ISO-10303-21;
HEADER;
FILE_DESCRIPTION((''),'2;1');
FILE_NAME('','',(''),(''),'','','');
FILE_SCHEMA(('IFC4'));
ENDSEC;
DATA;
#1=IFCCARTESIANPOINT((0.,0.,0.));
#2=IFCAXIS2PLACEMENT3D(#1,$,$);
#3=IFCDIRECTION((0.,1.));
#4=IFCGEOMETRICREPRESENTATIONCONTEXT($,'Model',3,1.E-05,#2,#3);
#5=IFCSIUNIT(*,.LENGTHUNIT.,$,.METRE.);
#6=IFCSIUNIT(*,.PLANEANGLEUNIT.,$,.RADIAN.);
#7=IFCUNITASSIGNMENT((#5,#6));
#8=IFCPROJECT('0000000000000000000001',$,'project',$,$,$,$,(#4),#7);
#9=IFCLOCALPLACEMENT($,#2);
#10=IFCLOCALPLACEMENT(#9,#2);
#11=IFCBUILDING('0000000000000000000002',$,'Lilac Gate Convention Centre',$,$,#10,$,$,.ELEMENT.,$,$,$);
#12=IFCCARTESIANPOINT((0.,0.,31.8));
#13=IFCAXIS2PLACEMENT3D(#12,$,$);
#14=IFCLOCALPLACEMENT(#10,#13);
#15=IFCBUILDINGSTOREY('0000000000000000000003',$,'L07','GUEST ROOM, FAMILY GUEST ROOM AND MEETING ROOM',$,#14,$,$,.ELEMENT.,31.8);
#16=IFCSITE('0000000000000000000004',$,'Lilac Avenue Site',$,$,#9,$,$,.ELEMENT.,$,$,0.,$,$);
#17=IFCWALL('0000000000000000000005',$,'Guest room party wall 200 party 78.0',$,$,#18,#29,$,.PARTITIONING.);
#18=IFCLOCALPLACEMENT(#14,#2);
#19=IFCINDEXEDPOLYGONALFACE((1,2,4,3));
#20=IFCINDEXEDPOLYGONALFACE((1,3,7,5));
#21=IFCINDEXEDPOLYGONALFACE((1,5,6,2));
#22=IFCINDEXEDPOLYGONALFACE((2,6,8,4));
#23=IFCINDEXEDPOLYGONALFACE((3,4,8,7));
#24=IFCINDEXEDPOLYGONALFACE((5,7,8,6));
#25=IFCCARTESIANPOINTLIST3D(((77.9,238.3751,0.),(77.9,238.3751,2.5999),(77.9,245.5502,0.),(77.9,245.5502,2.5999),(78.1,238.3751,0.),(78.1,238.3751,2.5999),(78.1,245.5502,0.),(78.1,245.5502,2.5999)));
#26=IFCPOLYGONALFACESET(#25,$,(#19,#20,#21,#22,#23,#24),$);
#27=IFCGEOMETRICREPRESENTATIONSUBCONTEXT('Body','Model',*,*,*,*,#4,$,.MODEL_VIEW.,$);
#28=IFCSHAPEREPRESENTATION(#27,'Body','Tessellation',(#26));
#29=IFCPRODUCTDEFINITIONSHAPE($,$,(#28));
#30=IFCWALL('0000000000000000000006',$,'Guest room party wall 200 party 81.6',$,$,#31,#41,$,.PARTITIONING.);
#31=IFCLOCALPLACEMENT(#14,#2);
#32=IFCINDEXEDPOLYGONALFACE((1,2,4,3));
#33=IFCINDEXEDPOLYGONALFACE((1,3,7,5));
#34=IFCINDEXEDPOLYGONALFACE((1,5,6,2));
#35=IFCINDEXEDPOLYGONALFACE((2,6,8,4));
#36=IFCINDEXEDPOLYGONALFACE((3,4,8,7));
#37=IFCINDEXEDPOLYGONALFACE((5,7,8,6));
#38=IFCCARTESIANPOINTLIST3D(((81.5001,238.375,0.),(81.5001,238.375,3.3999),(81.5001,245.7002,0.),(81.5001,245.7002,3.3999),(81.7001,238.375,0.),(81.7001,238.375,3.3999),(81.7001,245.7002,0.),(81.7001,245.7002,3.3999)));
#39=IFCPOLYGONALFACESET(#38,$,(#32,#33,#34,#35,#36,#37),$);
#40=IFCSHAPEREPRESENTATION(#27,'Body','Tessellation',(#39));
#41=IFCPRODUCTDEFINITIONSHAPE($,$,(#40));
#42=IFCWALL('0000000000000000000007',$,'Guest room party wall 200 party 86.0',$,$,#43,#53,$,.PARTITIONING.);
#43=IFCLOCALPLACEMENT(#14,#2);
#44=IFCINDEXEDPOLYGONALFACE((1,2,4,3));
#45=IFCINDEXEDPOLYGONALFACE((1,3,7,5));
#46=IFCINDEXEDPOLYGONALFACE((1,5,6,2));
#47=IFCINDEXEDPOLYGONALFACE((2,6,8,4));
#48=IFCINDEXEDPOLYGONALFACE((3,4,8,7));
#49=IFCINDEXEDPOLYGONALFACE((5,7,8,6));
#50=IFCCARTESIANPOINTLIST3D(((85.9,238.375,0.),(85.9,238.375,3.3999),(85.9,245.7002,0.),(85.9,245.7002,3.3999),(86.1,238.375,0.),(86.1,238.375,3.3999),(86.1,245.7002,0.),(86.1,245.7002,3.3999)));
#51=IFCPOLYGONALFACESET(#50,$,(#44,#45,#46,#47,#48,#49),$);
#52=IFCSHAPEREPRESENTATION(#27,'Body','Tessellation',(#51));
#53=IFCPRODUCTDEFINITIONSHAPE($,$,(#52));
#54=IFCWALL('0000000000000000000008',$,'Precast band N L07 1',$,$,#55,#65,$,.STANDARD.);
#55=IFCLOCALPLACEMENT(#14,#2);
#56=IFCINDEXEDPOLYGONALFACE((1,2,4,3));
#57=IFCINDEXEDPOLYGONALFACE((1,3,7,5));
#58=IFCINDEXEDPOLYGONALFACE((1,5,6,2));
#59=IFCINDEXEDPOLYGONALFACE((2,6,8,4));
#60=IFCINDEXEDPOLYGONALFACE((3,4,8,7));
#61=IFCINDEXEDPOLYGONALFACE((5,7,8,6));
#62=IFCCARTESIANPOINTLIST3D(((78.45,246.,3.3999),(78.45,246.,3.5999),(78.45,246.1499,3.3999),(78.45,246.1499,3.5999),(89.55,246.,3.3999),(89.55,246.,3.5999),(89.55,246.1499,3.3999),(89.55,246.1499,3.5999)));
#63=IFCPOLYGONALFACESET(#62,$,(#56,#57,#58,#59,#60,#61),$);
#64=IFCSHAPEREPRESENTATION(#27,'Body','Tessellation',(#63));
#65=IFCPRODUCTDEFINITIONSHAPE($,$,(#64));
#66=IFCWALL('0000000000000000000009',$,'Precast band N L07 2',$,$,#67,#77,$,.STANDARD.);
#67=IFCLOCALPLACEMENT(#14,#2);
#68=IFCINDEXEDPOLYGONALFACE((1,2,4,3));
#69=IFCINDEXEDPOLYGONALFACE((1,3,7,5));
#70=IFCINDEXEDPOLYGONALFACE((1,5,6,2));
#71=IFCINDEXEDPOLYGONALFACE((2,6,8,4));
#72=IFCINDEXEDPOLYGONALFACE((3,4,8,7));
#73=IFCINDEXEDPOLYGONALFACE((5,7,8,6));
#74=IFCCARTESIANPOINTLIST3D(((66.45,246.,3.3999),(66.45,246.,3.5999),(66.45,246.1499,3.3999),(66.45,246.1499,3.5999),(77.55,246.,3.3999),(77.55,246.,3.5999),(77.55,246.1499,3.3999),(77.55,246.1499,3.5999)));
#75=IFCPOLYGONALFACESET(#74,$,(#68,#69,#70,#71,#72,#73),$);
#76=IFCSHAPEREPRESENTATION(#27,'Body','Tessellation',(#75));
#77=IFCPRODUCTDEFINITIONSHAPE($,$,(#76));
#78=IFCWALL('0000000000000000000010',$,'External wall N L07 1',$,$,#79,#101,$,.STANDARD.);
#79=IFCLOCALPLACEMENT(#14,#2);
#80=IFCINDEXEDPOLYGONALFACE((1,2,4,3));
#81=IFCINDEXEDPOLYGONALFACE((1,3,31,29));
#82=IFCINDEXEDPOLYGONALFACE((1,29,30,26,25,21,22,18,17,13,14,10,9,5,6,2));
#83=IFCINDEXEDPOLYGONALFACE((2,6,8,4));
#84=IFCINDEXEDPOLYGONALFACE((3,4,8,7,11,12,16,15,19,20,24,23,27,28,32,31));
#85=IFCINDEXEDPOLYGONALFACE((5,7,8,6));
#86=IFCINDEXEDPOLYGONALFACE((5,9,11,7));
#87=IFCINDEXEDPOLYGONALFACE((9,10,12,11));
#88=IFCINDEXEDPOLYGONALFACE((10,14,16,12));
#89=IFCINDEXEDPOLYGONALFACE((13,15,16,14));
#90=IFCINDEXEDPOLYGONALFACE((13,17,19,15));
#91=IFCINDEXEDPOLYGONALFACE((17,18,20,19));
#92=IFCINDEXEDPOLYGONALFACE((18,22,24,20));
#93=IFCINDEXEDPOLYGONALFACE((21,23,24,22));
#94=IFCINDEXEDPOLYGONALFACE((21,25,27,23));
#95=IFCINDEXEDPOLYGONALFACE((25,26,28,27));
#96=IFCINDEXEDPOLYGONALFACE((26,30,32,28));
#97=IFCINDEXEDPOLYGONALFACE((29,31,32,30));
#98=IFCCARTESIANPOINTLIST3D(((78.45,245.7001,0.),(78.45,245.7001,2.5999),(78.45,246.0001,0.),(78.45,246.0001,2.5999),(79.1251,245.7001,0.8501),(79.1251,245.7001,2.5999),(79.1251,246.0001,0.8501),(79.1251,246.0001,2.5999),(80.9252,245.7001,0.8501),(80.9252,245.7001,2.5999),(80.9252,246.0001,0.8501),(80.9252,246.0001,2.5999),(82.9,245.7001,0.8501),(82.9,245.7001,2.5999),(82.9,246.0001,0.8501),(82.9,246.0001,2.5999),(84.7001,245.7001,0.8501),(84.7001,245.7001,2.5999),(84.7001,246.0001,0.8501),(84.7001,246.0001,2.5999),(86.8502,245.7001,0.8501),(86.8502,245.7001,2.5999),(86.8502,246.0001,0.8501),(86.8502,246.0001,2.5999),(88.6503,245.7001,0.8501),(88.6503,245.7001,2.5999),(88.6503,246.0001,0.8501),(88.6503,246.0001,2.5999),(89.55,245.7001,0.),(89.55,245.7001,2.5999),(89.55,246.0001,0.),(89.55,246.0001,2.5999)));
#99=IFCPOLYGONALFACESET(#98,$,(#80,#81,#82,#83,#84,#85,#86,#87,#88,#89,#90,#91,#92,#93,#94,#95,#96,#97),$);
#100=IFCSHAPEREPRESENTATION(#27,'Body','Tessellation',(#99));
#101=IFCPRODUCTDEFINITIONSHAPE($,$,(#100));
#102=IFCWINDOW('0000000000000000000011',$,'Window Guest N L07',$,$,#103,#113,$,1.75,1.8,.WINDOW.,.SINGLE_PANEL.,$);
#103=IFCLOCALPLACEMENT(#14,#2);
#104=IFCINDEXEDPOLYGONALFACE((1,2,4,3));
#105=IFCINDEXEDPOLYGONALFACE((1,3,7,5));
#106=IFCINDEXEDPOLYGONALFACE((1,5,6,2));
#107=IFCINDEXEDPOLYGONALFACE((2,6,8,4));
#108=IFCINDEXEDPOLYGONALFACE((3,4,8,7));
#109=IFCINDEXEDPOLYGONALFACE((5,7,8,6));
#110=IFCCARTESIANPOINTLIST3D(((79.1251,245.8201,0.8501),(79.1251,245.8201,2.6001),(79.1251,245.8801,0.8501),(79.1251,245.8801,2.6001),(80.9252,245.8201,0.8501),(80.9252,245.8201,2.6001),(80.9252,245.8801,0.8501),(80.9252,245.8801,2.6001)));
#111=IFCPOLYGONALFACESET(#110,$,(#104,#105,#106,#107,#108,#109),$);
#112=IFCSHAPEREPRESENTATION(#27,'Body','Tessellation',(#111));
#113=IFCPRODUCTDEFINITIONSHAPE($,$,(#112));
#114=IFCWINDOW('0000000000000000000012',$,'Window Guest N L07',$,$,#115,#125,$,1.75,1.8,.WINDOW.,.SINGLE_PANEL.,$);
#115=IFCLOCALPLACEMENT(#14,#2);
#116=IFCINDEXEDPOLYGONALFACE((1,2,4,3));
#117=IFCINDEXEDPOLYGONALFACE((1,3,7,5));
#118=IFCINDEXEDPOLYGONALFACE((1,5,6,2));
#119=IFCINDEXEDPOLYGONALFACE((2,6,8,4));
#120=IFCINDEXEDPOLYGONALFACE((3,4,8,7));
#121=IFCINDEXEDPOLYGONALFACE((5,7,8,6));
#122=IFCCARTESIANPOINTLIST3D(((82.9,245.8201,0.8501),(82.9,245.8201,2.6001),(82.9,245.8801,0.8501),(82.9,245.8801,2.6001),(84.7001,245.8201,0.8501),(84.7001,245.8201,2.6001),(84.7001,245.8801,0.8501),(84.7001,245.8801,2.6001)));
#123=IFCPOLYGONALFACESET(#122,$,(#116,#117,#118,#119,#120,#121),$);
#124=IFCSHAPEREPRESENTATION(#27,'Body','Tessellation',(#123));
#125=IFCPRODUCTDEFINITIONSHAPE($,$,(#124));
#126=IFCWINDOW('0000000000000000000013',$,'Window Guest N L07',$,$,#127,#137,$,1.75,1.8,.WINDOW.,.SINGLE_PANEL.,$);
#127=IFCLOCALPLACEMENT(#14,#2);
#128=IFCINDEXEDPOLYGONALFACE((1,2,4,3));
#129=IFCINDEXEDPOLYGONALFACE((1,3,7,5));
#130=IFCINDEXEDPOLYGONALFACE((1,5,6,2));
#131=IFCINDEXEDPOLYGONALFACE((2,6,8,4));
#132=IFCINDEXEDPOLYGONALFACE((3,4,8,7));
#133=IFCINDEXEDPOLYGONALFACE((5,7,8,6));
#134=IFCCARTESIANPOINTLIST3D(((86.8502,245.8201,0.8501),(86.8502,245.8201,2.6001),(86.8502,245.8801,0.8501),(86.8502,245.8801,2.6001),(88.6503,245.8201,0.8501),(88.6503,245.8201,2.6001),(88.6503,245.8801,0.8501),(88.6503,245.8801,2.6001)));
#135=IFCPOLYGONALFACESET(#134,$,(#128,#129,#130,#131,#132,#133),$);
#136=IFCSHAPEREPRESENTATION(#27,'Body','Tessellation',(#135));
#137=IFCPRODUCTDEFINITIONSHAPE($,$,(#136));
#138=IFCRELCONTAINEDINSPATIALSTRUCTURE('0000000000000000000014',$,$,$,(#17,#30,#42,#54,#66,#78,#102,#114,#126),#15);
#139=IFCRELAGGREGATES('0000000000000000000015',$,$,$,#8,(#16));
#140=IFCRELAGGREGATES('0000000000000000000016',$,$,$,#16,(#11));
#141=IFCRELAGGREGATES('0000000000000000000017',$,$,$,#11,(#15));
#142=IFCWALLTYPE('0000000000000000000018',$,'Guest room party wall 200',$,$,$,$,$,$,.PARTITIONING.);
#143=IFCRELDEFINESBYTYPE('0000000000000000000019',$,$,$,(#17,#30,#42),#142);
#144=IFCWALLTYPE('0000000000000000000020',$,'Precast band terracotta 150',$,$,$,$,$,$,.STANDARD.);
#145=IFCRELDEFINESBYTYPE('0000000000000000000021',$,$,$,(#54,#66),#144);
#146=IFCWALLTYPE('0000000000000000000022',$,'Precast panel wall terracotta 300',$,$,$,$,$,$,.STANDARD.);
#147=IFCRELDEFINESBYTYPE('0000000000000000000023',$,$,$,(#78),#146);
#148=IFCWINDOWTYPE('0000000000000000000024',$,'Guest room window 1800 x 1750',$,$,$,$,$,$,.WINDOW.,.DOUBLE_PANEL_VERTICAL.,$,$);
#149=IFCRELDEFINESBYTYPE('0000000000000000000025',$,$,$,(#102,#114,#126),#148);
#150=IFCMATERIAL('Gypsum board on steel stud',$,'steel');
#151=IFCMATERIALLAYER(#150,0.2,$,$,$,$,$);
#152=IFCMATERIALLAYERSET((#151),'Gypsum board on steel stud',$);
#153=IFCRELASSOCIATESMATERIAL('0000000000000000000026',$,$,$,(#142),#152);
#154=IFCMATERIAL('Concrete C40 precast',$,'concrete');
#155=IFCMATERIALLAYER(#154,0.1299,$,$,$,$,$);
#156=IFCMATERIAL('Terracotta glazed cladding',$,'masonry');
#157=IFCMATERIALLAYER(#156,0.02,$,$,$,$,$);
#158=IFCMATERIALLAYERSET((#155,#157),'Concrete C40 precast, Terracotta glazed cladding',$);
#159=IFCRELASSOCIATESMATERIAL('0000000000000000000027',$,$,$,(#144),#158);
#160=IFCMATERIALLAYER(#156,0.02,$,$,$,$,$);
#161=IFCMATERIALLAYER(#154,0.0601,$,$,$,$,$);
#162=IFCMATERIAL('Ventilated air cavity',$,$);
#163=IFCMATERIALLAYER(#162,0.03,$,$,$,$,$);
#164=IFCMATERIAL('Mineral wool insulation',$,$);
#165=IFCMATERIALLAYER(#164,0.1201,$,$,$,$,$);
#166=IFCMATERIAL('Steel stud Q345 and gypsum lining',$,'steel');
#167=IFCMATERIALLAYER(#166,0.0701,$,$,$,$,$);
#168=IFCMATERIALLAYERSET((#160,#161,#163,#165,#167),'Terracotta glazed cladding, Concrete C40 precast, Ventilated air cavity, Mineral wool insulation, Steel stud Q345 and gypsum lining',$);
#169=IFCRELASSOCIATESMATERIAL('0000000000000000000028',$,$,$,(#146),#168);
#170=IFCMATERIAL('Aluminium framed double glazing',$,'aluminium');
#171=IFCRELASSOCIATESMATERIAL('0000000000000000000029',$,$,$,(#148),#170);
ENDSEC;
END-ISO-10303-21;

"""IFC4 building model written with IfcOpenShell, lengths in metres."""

from ifc_helpers import new_model, si_unit, direction, frame, frame_2d, origin, place, context, subcontext, project, spatial, rectangle, extrude, material, layer, layer_set, type_object, element, fill, save


model = new_model("IFC4")

# Units and contexts
model_context = context("Model", 3, precision=1e-05, world=origin(), true_north=direction((0.0, 1.0)))
body_context = subcontext(model_context, "Body", "Model", "MODEL_VIEW")
ifc_project = project(units=[si_unit("LENGTHUNIT", "METRE"), si_unit("PLANEANGLEUNIT", "RADIAN")], contexts=[model_context])

# Site, building, storey
site_placement = place(None, origin())
site = spatial("IfcSite", under=ifc_project, at=site_placement, Name="Lilac Avenue Site", CompositionType="ELEMENT", RefElevation=0.0)
building_placement = place(site_placement, origin())
building = spatial("IfcBuilding", under=site, at=building_placement, Name="Lilac Gate Convention Centre", CompositionType="ELEMENT")
storey_placement = place(building_placement, frame((0.0, 0.0, 31.8)))
storey = spatial("IfcBuildingStorey", under=building, at=storey_placement, Name="L07", Description="GUEST ROOM, FAMILY GUEST ROOM AND MEETING ROOM", CompositionType="ELEMENT", Elevation=31.8)

# Shared definitions
ifc_material_1 = material(Name="Aluminium framed double glazing", Category="aluminium")

# Shared definitions
ifc_material_2 = material(Name="Gypsum board on steel stud", Category="steel")

# Walls
ifc_layer_1 = layer(ifc_material_2, 0.2)
ifc_layer_set_1 = layer_set([ifc_layer_1], Name="Gypsum board on steel stud")
wall_type_1 = type_object("IfcWallType", Name="Guest room party wall 200", PredefinedType="PARTITIONING", material=ifc_layer_set_1)
wall_1_placement = place(storey_placement, frame((78.0, 245.55, 0.0), z_axis=(0.0, 0.0, 1.0), x_axis=(0.0, -1.0, 0.0)))
element("IfcWall", 1, at=wall_1_placement, inside=storey, type_object=wall_type_1, Name="Guest room party wall 200 party 78.0", PredefinedType="PARTITIONING", context=body_context, shape_type="SweptSolid", body=[
    extrude(rectangle(XDim=7.175, YDim=0.2, at=frame_2d((3.5874, 0.0))), origin(), (0.0, 0.0, 1.0), 2.5999),
])
for number, where, z_axis, x_axis, name in (
    (2, (81.6001, 245.7002, 0.0), (0.0, 0.0, 1.0), (0.0, -1.0, 0.0), "Guest room party wall 200 party 81.6"),
    (3, (86.0, 245.7002, 0.0), (0.0, 0.0, 1.0), (0.0, -1.0, 0.0), "Guest room party wall 200 party 86.0"),
):
    element("IfcWall", number, at=place(storey_placement, frame(where, z_axis=z_axis, x_axis=x_axis)), inside=storey, type_object=wall_type_1, Name=name, PredefinedType="PARTITIONING", context=body_context, shape_type="SweptSolid", body=[
        extrude(rectangle(XDim=7.3252, YDim=0.2, at=frame_2d((3.6626, 0.0))), origin(), (0.0, 0.0, 1.0), 3.3999),
    ])
ifc_material_3 = material(Name="Concrete C40 precast", Category="concrete")
ifc_layer_2 = layer(ifc_material_3, 0.1299)
ifc_material_4 = material(Name="Terracotta glazed cladding", Category="masonry")
ifc_layer_3 = layer(ifc_material_4, 0.02)
ifc_layer_set_2 = layer_set([ifc_layer_2, ifc_layer_3], Name="Concrete C40 precast, Terracotta glazed cladding")
wall_type_2 = type_object("IfcWallType", Name="Precast band terracotta 150", PredefinedType="STANDARD", material=ifc_layer_set_2)
for number, where, z_axis, x_axis, name in (
    (4, (89.55, 246.075, 3.3999), (0.0, 0.0, 1.0), (-1.0, 0.0, 0.0), "Precast band N L07 1"),
    (5, (77.55, 246.075, 3.3999), (0.0, 0.0, 1.0), (-1.0, 0.0, 0.0), "Precast band N L07 2"),
):
    element("IfcWall", number, at=place(storey_placement, frame(where, z_axis=z_axis, x_axis=x_axis)), inside=storey, type_object=wall_type_2, Name=name, PredefinedType="STANDARD", context=body_context, shape_type="SweptSolid", body=[
        extrude(rectangle(XDim=11.1001, YDim=0.1499, at=frame_2d((5.55, 0.0))), origin(), (0.0, 0.0, 1.0), 0.2),
    ])

# Wall, openings, windows
ifc_layer_4 = layer(ifc_material_4, 0.02)
ifc_layer_5 = layer(ifc_material_3, 0.0601)
ifc_material_5 = material(Name="Ventilated air cavity")
ifc_layer_6 = layer(ifc_material_5, 0.03)
ifc_material_6 = material(Name="Mineral wool insulation")
ifc_layer_7 = layer(ifc_material_6, 0.1201)
ifc_material_7 = material(Name="Steel stud Q345 and gypsum lining", Category="steel")
ifc_layer_8 = layer(ifc_material_7, 0.0701)
ifc_layer_set_3 = layer_set([ifc_layer_4, ifc_layer_5, ifc_layer_6, ifc_layer_7, ifc_layer_8], Name="Terracotta glazed cladding, Concrete C40 precast, Ventilated air cavity, Mineral wool insulation, Steel stud Q345 and gypsum lining")
wall_type_3 = type_object("IfcWallType", Name="Precast panel wall terracotta 300", PredefinedType="STANDARD", material=ifc_layer_set_3)
wall_2_placement = place(storey_placement, frame((89.55, 245.8501, 0.0), z_axis=(0.0, 0.0, 1.0), x_axis=(-1.0, 0.0, 0.0)))
wall_2 = element("IfcWall", 6, at=wall_2_placement, inside=storey, type_object=wall_type_3, Name="External wall N L07 1", PredefinedType="STANDARD", context=body_context, shape_type="SweptSolid", body=[
    extrude(rectangle(XDim=11.1001, YDim=0.3, at=frame_2d((5.55, 0.0))), origin(), (0.0, 0.0, 1.0), 2.5999),
])
opening_1_placement = place(wall_2_placement, frame((8.625, 0.0, 0.8501)))
opening_1 = element("IfcOpeningElement", 7, at=opening_1_placement, cuts=wall_2, PredefinedType="OPENING", context=body_context, shape_type="SweptSolid", body=[
    extrude(rectangle(XDim=1.8, YDim=1.75, at=frame_2d((0.8999, 0.875))), frame((0.0, 0.1599, 0.0), z_axis=(0.0, -1.0, 0.0), x_axis=(1.0, 0.0, 0.0)), (0.0, 0.0, 1.0), 0.3201),
])
opening_2_placement = place(wall_2_placement, frame((4.8501, 0.0, 0.8501)))
opening_2 = element("IfcOpeningElement", 8, at=opening_2_placement, cuts=wall_2, PredefinedType="OPENING", context=body_context, shape_type="SweptSolid", body=[
    extrude(rectangle(XDim=1.8, YDim=1.75, at=frame_2d((0.8999, 0.875))), frame((0.0, 0.1599, 0.0), z_axis=(0.0, -1.0, 0.0), x_axis=(1.0, 0.0, 0.0)), (0.0, 0.0, 1.0), 0.3201),
])
opening_3_placement = place(wall_2_placement, frame((0.8999, 0.0, 0.8501)))
opening_3 = element("IfcOpeningElement", 9, at=opening_3_placement, cuts=wall_2, PredefinedType="OPENING", context=body_context, shape_type="SweptSolid", body=[
    extrude(rectangle(XDim=1.8, YDim=1.75, at=frame_2d((0.8999, 0.875))), frame((0.0, 0.1599, 0.0), z_axis=(0.0, -1.0, 0.0), x_axis=(1.0, 0.0, 0.0)), (0.0, 0.0, 1.0), 0.3201),
])
window_type = type_object("IfcWindowType", Name="Guest room window 1800 x 1750", PartitioningType="DOUBLE_PANEL_VERTICAL", PredefinedType="WINDOW", material=ifc_material_1)
window_1_placement = place(opening_1_placement, origin())
window_1 = element("IfcWindow", 10, at=window_1_placement, inside=storey, type_object=window_type, Name="Window Guest N L07", OverallHeight=1.75, OverallWidth=1.8, PartitioningType="SINGLE_PANEL", PredefinedType="WINDOW", context=body_context, shape_type="SweptSolid", body=[
    extrude(rectangle(XDim=1.8, YDim=1.75, at=frame_2d((0.8999, 0.875))), frame((0.0, 0.03, 0.0), z_axis=(0.0, -1.0, 0.0), x_axis=(1.0, 0.0, 0.0)), (0.0, 0.0, 1.0), 0.0601),
])
fill(opening_1, window_1)
window_2_placement = place(opening_2_placement, origin())
window_2 = element("IfcWindow", 11, at=window_2_placement, inside=storey, type_object=window_type, Name="Window Guest N L07", OverallHeight=1.75, OverallWidth=1.8, PartitioningType="SINGLE_PANEL", PredefinedType="WINDOW", context=body_context, shape_type="SweptSolid", body=[
    extrude(rectangle(XDim=1.8, YDim=1.75, at=frame_2d((0.8999, 0.875))), frame((0.0, 0.03, 0.0), z_axis=(0.0, -1.0, 0.0), x_axis=(1.0, 0.0, 0.0)), (0.0, 0.0, 1.0), 0.0601),
])
fill(opening_2, window_2)
window_3_placement = place(opening_3_placement, origin())
window_3 = element("IfcWindow", 12, at=window_3_placement, inside=storey, type_object=window_type, Name="Window Guest N L07", OverallHeight=1.75, OverallWidth=1.8, PartitioningType="SINGLE_PANEL", PredefinedType="WINDOW", context=body_context, shape_type="SweptSolid", body=[
    extrude(rectangle(XDim=1.8, YDim=1.75, at=frame_2d((0.8999, 0.875))), frame((0.0, 0.03, 0.0), z_axis=(0.0, -1.0, 0.0), x_axis=(1.0, 0.0, 0.0)), (0.0, 0.0, 1.0), 0.0601),
])
fill(opening_3, window_3)

save(model, "model.ifc")
